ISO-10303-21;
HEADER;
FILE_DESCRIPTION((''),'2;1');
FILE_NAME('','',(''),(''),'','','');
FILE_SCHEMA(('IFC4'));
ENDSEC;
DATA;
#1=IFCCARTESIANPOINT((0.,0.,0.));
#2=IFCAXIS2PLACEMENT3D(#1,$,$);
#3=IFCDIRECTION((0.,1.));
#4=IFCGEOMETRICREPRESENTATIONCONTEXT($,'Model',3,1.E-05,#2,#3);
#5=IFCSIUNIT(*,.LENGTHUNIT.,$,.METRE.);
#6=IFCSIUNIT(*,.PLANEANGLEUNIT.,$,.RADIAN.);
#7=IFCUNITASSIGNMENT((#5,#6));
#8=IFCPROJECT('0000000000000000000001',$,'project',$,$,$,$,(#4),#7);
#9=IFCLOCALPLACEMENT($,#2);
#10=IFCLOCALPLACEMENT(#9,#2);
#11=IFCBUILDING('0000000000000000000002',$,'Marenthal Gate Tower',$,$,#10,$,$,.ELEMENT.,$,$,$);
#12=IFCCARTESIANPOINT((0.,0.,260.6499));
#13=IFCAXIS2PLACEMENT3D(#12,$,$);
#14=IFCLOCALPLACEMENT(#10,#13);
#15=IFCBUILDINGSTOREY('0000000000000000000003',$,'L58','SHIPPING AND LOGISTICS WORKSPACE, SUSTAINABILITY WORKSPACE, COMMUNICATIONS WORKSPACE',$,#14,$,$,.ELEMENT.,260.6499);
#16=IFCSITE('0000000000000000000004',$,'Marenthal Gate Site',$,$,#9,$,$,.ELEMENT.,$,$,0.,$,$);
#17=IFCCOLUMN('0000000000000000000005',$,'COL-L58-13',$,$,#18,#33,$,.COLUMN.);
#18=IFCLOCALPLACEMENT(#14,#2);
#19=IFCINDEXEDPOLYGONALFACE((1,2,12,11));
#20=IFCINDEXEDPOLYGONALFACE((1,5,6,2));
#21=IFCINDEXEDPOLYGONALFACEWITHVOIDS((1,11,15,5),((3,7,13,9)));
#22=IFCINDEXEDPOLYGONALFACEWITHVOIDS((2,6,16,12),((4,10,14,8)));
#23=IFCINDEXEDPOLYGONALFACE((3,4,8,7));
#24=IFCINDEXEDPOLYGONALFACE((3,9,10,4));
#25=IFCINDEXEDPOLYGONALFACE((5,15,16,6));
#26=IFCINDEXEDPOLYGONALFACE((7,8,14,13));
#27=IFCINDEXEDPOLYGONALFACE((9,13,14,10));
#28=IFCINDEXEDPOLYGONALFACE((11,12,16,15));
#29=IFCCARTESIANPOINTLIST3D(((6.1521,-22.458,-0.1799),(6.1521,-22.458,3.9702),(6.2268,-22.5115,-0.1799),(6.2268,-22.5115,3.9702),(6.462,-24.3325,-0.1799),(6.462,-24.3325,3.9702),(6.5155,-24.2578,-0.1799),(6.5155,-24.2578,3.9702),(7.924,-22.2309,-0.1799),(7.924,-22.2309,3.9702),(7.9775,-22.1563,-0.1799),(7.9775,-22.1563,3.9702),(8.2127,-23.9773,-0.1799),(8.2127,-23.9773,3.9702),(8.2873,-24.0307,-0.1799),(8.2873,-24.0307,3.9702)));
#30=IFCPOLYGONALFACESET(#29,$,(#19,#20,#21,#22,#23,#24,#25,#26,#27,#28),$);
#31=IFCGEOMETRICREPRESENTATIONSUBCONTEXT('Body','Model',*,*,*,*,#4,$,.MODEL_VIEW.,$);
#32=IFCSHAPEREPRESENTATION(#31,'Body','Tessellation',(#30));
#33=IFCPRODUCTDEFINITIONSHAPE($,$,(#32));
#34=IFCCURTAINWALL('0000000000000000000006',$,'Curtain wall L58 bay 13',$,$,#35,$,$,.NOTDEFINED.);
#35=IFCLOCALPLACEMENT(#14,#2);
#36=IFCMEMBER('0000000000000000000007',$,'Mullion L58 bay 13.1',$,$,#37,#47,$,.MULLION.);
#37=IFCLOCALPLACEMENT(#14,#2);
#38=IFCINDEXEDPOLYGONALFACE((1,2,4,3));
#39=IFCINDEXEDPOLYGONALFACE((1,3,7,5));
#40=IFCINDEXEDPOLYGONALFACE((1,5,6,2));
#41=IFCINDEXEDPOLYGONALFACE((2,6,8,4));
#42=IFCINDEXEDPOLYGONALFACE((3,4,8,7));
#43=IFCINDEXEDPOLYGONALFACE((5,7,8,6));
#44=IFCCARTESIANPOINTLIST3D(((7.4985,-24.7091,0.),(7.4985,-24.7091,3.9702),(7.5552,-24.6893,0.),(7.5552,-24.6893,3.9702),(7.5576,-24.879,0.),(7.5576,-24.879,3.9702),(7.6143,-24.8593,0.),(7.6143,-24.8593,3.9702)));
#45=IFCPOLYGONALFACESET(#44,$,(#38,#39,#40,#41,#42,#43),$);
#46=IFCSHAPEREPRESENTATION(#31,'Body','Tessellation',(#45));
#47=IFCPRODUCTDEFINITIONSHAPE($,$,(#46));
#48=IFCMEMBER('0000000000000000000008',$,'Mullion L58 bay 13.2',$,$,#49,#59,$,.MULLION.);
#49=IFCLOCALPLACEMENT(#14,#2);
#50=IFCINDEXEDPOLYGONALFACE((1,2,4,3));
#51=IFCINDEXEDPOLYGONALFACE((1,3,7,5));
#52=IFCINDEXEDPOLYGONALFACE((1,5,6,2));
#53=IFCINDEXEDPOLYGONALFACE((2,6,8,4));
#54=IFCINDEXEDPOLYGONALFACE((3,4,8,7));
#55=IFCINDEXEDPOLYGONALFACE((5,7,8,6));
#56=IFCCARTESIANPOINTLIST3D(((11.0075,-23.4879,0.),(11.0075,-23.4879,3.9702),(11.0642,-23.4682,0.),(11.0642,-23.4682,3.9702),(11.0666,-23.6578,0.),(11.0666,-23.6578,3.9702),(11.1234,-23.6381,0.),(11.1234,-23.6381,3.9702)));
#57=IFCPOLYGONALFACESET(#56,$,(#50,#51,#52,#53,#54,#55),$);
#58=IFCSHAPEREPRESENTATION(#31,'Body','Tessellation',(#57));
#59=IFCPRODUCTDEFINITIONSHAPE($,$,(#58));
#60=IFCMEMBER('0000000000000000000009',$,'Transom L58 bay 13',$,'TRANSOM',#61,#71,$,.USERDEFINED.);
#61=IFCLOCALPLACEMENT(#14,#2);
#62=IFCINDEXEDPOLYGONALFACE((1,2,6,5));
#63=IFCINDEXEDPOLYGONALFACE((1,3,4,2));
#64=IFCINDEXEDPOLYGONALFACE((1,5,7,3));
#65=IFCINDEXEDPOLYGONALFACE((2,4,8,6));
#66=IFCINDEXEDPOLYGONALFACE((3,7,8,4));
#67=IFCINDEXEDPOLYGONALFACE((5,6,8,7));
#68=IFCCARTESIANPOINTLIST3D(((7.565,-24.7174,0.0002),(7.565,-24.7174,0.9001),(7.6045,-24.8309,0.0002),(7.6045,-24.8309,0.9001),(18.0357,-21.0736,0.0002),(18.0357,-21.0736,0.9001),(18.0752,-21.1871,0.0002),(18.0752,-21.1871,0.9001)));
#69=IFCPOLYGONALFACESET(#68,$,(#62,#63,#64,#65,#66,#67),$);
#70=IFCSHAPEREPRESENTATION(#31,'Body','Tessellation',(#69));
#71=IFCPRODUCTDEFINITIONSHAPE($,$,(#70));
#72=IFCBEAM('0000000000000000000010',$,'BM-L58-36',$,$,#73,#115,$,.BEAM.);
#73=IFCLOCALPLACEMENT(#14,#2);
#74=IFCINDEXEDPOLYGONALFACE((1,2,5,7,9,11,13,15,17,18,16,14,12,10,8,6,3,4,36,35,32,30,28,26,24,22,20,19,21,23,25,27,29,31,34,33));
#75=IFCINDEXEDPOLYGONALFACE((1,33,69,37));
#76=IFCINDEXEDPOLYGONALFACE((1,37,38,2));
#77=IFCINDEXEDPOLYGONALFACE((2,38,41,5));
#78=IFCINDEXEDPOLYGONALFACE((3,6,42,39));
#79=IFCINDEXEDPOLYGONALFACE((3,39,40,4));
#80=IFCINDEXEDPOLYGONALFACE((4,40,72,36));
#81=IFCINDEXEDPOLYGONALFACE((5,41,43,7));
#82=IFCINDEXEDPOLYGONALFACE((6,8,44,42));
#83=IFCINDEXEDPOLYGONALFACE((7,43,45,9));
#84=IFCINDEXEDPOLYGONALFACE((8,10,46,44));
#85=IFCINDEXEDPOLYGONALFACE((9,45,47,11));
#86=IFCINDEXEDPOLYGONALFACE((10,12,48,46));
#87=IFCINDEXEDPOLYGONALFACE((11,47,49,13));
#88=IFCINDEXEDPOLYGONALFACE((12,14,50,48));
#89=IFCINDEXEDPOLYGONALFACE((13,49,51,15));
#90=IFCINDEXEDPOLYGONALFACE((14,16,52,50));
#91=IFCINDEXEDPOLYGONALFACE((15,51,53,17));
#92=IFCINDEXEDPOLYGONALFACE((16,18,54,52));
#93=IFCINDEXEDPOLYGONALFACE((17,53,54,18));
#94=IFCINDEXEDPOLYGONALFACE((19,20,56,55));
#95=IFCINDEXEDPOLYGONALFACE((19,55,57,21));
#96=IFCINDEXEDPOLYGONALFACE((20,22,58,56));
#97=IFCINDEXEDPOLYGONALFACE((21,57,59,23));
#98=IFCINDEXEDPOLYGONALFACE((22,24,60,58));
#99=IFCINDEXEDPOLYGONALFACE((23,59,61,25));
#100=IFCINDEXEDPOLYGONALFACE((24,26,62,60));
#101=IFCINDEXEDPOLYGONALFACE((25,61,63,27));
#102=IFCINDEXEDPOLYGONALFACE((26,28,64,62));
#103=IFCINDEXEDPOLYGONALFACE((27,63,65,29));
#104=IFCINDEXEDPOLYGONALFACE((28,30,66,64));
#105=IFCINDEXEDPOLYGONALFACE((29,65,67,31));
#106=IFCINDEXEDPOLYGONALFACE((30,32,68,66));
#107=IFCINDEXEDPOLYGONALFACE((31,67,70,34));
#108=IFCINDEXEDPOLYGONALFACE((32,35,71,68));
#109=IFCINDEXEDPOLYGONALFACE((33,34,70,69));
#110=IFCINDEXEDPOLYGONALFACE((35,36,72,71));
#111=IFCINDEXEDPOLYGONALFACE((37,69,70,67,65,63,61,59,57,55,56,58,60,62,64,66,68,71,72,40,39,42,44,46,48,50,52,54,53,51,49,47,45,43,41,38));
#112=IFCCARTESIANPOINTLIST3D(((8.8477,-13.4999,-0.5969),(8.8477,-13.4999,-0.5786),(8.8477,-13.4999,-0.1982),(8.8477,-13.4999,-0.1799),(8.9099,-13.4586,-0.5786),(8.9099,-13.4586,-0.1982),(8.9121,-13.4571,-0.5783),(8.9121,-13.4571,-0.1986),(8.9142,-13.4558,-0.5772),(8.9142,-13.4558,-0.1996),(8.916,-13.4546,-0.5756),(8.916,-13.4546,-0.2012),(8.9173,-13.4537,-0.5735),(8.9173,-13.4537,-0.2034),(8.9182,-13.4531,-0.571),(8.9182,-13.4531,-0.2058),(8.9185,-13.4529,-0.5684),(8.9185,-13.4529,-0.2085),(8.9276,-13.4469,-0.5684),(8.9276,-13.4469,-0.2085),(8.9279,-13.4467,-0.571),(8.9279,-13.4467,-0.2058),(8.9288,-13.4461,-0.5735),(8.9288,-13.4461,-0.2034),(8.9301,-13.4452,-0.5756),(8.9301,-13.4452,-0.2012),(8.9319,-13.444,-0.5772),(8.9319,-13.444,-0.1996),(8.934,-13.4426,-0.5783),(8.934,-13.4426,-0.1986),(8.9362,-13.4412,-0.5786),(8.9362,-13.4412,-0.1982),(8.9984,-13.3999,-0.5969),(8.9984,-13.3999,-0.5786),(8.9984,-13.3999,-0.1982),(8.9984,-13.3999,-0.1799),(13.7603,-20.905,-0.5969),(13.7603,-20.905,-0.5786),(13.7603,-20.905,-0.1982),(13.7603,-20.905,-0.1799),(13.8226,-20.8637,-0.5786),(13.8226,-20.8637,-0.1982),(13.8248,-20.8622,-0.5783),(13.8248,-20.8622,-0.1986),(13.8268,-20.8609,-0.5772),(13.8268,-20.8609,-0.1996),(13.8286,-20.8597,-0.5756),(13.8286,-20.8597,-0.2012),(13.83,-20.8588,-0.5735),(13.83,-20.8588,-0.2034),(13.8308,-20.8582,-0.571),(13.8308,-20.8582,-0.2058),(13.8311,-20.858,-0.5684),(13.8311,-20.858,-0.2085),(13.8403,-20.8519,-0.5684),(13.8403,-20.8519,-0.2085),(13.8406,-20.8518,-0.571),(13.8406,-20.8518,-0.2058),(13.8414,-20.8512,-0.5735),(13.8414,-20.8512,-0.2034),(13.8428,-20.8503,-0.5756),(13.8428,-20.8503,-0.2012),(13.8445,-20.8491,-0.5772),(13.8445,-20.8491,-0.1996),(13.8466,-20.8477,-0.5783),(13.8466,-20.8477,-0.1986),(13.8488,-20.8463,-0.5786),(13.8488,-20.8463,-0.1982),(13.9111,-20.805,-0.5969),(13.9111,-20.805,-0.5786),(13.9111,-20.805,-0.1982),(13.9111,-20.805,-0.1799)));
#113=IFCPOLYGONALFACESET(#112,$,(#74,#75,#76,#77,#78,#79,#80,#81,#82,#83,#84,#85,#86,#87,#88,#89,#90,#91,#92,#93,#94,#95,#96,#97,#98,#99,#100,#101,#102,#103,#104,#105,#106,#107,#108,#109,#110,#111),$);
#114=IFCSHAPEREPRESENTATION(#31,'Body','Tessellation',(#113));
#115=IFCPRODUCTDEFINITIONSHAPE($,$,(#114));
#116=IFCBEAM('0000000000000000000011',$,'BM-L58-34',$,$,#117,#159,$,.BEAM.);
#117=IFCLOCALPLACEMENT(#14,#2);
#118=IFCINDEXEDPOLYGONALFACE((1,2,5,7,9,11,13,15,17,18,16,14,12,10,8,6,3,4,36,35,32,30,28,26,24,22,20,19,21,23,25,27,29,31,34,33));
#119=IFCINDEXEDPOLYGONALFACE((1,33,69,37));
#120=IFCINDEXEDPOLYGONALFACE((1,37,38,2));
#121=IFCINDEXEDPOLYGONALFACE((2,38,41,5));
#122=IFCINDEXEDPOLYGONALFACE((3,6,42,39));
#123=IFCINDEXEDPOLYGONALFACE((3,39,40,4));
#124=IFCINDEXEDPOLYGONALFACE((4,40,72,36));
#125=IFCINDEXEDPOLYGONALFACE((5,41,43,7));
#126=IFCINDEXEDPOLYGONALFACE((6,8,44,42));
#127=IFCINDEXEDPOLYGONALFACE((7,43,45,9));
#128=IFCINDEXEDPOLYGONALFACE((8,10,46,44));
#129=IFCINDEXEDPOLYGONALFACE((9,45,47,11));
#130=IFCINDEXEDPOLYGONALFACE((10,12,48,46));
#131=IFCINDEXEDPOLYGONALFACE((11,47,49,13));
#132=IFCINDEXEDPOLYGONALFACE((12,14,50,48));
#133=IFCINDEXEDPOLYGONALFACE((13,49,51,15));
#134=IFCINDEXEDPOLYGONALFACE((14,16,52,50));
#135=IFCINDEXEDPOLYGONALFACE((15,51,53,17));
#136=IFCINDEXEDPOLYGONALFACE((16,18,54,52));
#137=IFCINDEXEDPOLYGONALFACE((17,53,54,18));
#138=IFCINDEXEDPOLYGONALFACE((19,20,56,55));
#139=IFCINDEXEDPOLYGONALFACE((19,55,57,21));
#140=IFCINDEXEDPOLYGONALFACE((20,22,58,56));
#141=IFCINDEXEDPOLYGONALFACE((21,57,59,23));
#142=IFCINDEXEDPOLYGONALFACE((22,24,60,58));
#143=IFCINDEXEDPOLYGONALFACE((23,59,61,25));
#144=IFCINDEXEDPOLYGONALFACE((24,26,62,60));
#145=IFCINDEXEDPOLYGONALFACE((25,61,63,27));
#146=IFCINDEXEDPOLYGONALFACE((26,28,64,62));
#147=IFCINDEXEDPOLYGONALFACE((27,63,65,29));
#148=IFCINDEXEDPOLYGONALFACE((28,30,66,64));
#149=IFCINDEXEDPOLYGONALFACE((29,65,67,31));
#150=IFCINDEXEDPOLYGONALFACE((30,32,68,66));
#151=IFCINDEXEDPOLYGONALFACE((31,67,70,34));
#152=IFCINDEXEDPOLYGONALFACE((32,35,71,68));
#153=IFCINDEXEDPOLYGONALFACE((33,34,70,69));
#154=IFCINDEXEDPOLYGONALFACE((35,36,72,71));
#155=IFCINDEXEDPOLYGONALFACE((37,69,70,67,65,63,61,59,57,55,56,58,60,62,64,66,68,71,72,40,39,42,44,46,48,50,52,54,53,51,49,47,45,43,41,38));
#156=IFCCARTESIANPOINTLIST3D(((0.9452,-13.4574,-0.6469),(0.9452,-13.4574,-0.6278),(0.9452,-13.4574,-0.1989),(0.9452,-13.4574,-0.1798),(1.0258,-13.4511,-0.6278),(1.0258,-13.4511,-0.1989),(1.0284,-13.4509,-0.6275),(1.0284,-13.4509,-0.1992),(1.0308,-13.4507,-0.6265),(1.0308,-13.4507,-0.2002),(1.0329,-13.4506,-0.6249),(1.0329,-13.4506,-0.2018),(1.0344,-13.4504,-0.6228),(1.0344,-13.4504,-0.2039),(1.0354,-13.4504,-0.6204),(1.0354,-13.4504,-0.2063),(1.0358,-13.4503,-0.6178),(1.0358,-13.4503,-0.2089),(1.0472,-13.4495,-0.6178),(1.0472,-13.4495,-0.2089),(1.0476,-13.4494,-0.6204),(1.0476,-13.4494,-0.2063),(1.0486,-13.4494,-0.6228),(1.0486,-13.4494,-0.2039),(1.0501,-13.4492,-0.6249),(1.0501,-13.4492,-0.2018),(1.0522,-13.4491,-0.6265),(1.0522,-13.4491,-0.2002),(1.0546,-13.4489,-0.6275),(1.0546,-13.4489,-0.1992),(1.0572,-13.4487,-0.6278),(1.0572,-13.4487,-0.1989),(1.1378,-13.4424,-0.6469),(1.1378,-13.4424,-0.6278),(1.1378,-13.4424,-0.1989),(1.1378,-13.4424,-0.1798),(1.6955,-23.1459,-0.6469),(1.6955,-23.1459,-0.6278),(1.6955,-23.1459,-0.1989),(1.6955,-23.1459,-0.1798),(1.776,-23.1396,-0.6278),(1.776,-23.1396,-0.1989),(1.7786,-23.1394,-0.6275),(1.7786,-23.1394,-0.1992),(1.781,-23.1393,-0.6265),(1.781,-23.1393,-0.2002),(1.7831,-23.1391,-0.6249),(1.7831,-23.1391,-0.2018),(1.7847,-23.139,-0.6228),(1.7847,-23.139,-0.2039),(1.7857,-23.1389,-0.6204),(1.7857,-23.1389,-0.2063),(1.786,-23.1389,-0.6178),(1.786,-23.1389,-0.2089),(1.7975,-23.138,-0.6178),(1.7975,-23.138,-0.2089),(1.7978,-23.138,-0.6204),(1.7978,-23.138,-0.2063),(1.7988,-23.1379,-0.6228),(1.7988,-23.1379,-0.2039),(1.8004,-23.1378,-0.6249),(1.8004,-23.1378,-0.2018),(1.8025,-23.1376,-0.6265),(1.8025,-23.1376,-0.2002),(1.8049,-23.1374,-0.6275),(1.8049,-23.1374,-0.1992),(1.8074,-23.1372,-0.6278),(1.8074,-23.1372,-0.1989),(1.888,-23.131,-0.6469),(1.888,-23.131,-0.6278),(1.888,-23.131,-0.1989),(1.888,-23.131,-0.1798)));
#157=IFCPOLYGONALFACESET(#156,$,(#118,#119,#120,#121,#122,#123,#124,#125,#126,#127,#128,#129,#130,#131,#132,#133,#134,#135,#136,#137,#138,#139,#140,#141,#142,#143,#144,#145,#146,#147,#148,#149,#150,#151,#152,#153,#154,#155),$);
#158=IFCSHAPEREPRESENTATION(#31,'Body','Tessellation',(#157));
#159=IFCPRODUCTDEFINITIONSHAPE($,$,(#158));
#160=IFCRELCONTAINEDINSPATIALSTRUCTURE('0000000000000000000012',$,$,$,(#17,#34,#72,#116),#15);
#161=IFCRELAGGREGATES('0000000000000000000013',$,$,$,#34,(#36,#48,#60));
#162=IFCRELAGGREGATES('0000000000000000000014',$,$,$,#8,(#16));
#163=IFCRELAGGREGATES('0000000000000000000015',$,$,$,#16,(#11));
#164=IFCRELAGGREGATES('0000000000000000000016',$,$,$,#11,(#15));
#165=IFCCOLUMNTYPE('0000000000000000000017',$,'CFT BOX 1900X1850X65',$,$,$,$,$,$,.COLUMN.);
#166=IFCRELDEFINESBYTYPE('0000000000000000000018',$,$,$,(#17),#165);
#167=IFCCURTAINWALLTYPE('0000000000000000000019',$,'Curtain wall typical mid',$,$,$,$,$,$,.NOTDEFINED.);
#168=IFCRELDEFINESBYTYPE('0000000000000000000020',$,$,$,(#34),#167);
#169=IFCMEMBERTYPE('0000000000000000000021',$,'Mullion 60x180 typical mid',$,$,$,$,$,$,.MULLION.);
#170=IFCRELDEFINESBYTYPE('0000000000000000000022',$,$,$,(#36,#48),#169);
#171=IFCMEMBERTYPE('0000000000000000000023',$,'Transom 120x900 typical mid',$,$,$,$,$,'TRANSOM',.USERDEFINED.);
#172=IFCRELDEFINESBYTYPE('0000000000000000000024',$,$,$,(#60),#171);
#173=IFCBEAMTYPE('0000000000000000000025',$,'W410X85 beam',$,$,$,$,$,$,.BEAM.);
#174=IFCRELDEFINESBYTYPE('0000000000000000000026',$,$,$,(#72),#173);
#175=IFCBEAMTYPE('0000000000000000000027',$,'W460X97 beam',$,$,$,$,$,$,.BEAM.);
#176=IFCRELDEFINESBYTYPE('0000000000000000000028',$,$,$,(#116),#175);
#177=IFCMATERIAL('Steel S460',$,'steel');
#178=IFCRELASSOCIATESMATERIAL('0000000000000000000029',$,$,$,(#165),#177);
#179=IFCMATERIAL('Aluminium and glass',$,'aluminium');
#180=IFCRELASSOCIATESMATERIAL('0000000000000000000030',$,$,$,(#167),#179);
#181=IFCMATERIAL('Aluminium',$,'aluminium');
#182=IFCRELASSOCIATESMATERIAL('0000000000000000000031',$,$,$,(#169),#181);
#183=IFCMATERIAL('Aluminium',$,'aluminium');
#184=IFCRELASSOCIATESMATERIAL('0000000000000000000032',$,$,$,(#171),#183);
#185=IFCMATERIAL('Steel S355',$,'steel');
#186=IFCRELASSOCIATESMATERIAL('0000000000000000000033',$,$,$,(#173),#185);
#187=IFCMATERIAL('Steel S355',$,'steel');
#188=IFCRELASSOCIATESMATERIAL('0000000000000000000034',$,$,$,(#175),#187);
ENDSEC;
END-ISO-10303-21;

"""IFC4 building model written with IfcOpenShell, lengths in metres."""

from ifc_helpers import new_model, si_unit, direction, frame, origin, origin_2d, place, context, subcontext, project, spatial, rectangle, hollow_rectangle, i_section, extrude, material, material_profile, profile_set, type_object, element, aggregate, save


model = new_model("IFC4")

# Units and contexts
model_context = context("Model", 3, precision=1e-05, world=origin(), true_north=direction((0.0, 1.0)))
body_context = subcontext(model_context, "Body", "Model", "MODEL_VIEW")
ifc_project = project(units=[si_unit("LENGTHUNIT", "METRE"), si_unit("PLANEANGLEUNIT", "RADIAN")], contexts=[model_context])

# Site, building, storey
site_placement = place(None, origin())
site = spatial("IfcSite", under=ifc_project, at=site_placement, Name="Marenthal Gate Site", CompositionType="ELEMENT", RefElevation=0.0)
building_placement = place(site_placement, origin())
building = spatial("IfcBuilding", under=site, at=building_placement, Name="Marenthal Gate Tower", CompositionType="ELEMENT")
storey_placement = place(building_placement, frame((0.0, 0.0, 260.6499)))
storey = spatial("IfcBuildingStorey", under=building, at=storey_placement, Name="L58", Description="SHIPPING AND LOGISTICS WORKSPACE, SUSTAINABILITY WORKSPACE, COMMUNICATIONS WORKSPACE", CompositionType="ELEMENT", Elevation=260.6499)

# Column
ifc_material_1 = material(Name="Steel S460", Category="steel")
ifc_material_profile_1 = material_profile(ifc_material_1, hollow_rectangle(XDim=1.8501, YDim=1.8999, WallThickness=0.0649, at=origin_2d()), Name="CFT BOX 1900X1850X65")
ifc_material_2 = material(Name="Concrete 70 MPa", Category="concrete")
ifc_material_profile_2 = material_profile(ifc_material_2, rectangle(XDim=1.72, YDim=1.77, at=origin_2d()), Name="CFT BOX 1900X1850X65 INFILL")
ifc_profile_set_1 = profile_set([ifc_material_profile_1, ifc_material_profile_2], Name="Steel S460 shell, Concrete 70 MPa infill")
column_type = type_object("IfcColumnType", Name="CFT BOX 1900X1850X65", PredefinedType="COLUMN", material=ifc_profile_set_1)
column_placement = place(storey_placement, frame((7.2197, -23.2444, -0.1799), z_axis=(0.0, 0.0, 1.0), x_axis=(-0.98661, -0.163097, 0.0)))
element("IfcColumn", 1, at=column_placement, inside=storey, type_object=column_type, Name="COL-L58-13", PredefinedType="COLUMN", context=body_context, shape_type="SweptSolid", body=[
    extrude(hollow_rectangle(XDim=1.8501, YDim=1.8999, WallThickness=0.0649, at=origin_2d()), origin(), (0.0, 0.0, 1.0), 4.1501),
])

# Curtain wall, members
ifc_material_3 = material(Name="Aluminium and glass", Category="aluminium")
curtain_wall_type = type_object("IfcCurtainWallType", Name="Curtain wall typical mid", PredefinedType="NOTDEFINED", material=ifc_material_3)
curtain_wall_placement = place(storey_placement, origin())
curtain_wall = element("IfcCurtainWall", 2, at=curtain_wall_placement, inside=storey, type_object=curtain_wall_type, Name="Curtain wall L58 bay 13", PredefinedType="NOTDEFINED")
ifc_material_4 = material(Name="Aluminium", Category="aluminium")
ifc_material_profile_3 = material_profile(ifc_material_4, rectangle(XDim=0.1799, YDim=0.0601, at=origin_2d()), Name="60x180 aluminium mullion")
ifc_profile_set_2 = profile_set([ifc_material_profile_3], Name="Aluminium")
member_type_1 = type_object("IfcMemberType", Name="Mullion 60x180 typical mid", PredefinedType="MULLION", material=ifc_profile_set_2)
member_1_placement = place(storey_placement, frame((7.5564, -24.7842, 0.0), z_axis=(0.0, 0.0, 1.0), x_axis=(-0.32867, 0.944445, 0.0)))
member_1 = element("IfcMember", 3, at=member_1_placement, type_object=member_type_1, Name="Mullion L58 bay 13.1", PredefinedType="MULLION", context=body_context, shape_type="SweptSolid", body=[
    extrude(rectangle(XDim=0.1799, YDim=0.0601, at=origin_2d()), origin(), (0.0, 0.0, 1.0), 3.9702),
])
member_2_placement = place(storey_placement, frame((11.0654, -23.563, 0.0), z_axis=(0.0, 0.0, 1.0), x_axis=(-0.32867, 0.944445, 0.0)))
member_2 = element("IfcMember", 4, at=member_2_placement, type_object=member_type_1, Name="Mullion L58 bay 13.2", PredefinedType="MULLION", context=body_context, shape_type="SweptSolid", body=[
    extrude(rectangle(XDim=0.1799, YDim=0.0601, at=origin_2d()), origin(), (0.0, 0.0, 1.0), 3.9702),
])
ifc_material_5 = material(Name="Aluminium", Category="aluminium")
ifc_material_profile_4 = material_profile(ifc_material_5, rectangle(XDim=0.1201, YDim=0.8999, at=origin_2d()), Name="120x900 aluminium transom")
ifc_profile_set_3 = profile_set([ifc_material_profile_4], Name="Aluminium")
member_type_2 = type_object("IfcMemberType", Name="Transom 120x900 typical mid", ElementType="TRANSOM", PredefinedType="USERDEFINED", material=ifc_profile_set_3)
member_3_placement = place(storey_placement, frame((7.5847, -24.7742, 0.4502), z_axis=(0.944446, 0.328667, 0.0), x_axis=(-0.328667, 0.944446, 0.0)))
member_3 = element("IfcMember", 5, at=member_3_placement, type_object=member_type_2, Name="Transom L58 bay 13", ObjectType="TRANSOM", PredefinedType="USERDEFINED", context=body_context, shape_type="SweptSolid", body=[
    extrude(rectangle(XDim=0.1201, YDim=0.8999, at=origin_2d()), origin(), (0.0, 0.0, 1.0), 11.0867),
])

# Beams
ifc_material_6 = material(Name="Steel S355", Category="steel")
ifc_material_profile_5 = material_profile(ifc_material_6, i_section(OverallWidth=0.1809, OverallDepth=0.417, WebThickness=0.011, FlangeThickness=0.0183, FilletRadius=0.0103, at=origin_2d()), Name="W410X85")
ifc_profile_set_4 = profile_set([ifc_material_profile_5], Name="Steel S355")
beam_type_1 = type_object("IfcBeamType", Name="W410X85 beam", PredefinedType="BEAM", material=ifc_profile_set_4)
beam_1_placement = place(storey_placement, frame((13.8357, -20.855, -0.3884), z_axis=(-0.552822, 0.833299, 0.0), x_axis=(-0.833299, -0.552822, 0.0)))
element("IfcBeam", 6, at=beam_1_placement, inside=storey, type_object=beam_type_1, Name="BM-L58-36", PredefinedType="BEAM", context=body_context, shape_type="SweptSolid", body=[
    extrude(i_section(OverallWidth=0.1809, OverallDepth=0.417, WebThickness=0.011, FlangeThickness=0.0183, FilletRadius=0.0103, at=origin_2d()), origin(), (0.0, 0.0, 1.0), 8.8865),
])
ifc_material_7 = material(Name="Steel S355", Category="steel")
ifc_material_profile_6 = material_profile(ifc_material_7, i_section(OverallWidth=0.1931, OverallDepth=0.467, WebThickness=0.0115, FlangeThickness=0.019, FilletRadius=0.01, at=origin_2d()), Name="W460X97")
ifc_profile_set_5 = profile_set([ifc_material_profile_6], Name="Steel S355")
beam_type_2 = type_object("IfcBeamType", Name="W460X97 beam", PredefinedType="BEAM", material=ifc_profile_set_5)
beam_2_placement = place(storey_placement, frame((1.7917, -23.1384, -0.4133), z_axis=(-0.077206, 0.997015, 0.0), x_axis=(-0.997015, -0.077206, 0.0)))
element("IfcBeam", 7, at=beam_2_placement, inside=storey, type_object=beam_type_2, Name="BM-L58-34", PredefinedType="BEAM", context=body_context, shape_type="SweptSolid", body=[
    extrude(i_section(OverallWidth=0.1931, OverallDepth=0.467, WebThickness=0.0115, FlangeThickness=0.019, FilletRadius=0.01, at=origin_2d()), origin(), (0.0, 0.0, 1.0), 9.7175),
])

aggregate(curtain_wall, [member_1, member_2, member_3])

save(model, "model.ifc")
